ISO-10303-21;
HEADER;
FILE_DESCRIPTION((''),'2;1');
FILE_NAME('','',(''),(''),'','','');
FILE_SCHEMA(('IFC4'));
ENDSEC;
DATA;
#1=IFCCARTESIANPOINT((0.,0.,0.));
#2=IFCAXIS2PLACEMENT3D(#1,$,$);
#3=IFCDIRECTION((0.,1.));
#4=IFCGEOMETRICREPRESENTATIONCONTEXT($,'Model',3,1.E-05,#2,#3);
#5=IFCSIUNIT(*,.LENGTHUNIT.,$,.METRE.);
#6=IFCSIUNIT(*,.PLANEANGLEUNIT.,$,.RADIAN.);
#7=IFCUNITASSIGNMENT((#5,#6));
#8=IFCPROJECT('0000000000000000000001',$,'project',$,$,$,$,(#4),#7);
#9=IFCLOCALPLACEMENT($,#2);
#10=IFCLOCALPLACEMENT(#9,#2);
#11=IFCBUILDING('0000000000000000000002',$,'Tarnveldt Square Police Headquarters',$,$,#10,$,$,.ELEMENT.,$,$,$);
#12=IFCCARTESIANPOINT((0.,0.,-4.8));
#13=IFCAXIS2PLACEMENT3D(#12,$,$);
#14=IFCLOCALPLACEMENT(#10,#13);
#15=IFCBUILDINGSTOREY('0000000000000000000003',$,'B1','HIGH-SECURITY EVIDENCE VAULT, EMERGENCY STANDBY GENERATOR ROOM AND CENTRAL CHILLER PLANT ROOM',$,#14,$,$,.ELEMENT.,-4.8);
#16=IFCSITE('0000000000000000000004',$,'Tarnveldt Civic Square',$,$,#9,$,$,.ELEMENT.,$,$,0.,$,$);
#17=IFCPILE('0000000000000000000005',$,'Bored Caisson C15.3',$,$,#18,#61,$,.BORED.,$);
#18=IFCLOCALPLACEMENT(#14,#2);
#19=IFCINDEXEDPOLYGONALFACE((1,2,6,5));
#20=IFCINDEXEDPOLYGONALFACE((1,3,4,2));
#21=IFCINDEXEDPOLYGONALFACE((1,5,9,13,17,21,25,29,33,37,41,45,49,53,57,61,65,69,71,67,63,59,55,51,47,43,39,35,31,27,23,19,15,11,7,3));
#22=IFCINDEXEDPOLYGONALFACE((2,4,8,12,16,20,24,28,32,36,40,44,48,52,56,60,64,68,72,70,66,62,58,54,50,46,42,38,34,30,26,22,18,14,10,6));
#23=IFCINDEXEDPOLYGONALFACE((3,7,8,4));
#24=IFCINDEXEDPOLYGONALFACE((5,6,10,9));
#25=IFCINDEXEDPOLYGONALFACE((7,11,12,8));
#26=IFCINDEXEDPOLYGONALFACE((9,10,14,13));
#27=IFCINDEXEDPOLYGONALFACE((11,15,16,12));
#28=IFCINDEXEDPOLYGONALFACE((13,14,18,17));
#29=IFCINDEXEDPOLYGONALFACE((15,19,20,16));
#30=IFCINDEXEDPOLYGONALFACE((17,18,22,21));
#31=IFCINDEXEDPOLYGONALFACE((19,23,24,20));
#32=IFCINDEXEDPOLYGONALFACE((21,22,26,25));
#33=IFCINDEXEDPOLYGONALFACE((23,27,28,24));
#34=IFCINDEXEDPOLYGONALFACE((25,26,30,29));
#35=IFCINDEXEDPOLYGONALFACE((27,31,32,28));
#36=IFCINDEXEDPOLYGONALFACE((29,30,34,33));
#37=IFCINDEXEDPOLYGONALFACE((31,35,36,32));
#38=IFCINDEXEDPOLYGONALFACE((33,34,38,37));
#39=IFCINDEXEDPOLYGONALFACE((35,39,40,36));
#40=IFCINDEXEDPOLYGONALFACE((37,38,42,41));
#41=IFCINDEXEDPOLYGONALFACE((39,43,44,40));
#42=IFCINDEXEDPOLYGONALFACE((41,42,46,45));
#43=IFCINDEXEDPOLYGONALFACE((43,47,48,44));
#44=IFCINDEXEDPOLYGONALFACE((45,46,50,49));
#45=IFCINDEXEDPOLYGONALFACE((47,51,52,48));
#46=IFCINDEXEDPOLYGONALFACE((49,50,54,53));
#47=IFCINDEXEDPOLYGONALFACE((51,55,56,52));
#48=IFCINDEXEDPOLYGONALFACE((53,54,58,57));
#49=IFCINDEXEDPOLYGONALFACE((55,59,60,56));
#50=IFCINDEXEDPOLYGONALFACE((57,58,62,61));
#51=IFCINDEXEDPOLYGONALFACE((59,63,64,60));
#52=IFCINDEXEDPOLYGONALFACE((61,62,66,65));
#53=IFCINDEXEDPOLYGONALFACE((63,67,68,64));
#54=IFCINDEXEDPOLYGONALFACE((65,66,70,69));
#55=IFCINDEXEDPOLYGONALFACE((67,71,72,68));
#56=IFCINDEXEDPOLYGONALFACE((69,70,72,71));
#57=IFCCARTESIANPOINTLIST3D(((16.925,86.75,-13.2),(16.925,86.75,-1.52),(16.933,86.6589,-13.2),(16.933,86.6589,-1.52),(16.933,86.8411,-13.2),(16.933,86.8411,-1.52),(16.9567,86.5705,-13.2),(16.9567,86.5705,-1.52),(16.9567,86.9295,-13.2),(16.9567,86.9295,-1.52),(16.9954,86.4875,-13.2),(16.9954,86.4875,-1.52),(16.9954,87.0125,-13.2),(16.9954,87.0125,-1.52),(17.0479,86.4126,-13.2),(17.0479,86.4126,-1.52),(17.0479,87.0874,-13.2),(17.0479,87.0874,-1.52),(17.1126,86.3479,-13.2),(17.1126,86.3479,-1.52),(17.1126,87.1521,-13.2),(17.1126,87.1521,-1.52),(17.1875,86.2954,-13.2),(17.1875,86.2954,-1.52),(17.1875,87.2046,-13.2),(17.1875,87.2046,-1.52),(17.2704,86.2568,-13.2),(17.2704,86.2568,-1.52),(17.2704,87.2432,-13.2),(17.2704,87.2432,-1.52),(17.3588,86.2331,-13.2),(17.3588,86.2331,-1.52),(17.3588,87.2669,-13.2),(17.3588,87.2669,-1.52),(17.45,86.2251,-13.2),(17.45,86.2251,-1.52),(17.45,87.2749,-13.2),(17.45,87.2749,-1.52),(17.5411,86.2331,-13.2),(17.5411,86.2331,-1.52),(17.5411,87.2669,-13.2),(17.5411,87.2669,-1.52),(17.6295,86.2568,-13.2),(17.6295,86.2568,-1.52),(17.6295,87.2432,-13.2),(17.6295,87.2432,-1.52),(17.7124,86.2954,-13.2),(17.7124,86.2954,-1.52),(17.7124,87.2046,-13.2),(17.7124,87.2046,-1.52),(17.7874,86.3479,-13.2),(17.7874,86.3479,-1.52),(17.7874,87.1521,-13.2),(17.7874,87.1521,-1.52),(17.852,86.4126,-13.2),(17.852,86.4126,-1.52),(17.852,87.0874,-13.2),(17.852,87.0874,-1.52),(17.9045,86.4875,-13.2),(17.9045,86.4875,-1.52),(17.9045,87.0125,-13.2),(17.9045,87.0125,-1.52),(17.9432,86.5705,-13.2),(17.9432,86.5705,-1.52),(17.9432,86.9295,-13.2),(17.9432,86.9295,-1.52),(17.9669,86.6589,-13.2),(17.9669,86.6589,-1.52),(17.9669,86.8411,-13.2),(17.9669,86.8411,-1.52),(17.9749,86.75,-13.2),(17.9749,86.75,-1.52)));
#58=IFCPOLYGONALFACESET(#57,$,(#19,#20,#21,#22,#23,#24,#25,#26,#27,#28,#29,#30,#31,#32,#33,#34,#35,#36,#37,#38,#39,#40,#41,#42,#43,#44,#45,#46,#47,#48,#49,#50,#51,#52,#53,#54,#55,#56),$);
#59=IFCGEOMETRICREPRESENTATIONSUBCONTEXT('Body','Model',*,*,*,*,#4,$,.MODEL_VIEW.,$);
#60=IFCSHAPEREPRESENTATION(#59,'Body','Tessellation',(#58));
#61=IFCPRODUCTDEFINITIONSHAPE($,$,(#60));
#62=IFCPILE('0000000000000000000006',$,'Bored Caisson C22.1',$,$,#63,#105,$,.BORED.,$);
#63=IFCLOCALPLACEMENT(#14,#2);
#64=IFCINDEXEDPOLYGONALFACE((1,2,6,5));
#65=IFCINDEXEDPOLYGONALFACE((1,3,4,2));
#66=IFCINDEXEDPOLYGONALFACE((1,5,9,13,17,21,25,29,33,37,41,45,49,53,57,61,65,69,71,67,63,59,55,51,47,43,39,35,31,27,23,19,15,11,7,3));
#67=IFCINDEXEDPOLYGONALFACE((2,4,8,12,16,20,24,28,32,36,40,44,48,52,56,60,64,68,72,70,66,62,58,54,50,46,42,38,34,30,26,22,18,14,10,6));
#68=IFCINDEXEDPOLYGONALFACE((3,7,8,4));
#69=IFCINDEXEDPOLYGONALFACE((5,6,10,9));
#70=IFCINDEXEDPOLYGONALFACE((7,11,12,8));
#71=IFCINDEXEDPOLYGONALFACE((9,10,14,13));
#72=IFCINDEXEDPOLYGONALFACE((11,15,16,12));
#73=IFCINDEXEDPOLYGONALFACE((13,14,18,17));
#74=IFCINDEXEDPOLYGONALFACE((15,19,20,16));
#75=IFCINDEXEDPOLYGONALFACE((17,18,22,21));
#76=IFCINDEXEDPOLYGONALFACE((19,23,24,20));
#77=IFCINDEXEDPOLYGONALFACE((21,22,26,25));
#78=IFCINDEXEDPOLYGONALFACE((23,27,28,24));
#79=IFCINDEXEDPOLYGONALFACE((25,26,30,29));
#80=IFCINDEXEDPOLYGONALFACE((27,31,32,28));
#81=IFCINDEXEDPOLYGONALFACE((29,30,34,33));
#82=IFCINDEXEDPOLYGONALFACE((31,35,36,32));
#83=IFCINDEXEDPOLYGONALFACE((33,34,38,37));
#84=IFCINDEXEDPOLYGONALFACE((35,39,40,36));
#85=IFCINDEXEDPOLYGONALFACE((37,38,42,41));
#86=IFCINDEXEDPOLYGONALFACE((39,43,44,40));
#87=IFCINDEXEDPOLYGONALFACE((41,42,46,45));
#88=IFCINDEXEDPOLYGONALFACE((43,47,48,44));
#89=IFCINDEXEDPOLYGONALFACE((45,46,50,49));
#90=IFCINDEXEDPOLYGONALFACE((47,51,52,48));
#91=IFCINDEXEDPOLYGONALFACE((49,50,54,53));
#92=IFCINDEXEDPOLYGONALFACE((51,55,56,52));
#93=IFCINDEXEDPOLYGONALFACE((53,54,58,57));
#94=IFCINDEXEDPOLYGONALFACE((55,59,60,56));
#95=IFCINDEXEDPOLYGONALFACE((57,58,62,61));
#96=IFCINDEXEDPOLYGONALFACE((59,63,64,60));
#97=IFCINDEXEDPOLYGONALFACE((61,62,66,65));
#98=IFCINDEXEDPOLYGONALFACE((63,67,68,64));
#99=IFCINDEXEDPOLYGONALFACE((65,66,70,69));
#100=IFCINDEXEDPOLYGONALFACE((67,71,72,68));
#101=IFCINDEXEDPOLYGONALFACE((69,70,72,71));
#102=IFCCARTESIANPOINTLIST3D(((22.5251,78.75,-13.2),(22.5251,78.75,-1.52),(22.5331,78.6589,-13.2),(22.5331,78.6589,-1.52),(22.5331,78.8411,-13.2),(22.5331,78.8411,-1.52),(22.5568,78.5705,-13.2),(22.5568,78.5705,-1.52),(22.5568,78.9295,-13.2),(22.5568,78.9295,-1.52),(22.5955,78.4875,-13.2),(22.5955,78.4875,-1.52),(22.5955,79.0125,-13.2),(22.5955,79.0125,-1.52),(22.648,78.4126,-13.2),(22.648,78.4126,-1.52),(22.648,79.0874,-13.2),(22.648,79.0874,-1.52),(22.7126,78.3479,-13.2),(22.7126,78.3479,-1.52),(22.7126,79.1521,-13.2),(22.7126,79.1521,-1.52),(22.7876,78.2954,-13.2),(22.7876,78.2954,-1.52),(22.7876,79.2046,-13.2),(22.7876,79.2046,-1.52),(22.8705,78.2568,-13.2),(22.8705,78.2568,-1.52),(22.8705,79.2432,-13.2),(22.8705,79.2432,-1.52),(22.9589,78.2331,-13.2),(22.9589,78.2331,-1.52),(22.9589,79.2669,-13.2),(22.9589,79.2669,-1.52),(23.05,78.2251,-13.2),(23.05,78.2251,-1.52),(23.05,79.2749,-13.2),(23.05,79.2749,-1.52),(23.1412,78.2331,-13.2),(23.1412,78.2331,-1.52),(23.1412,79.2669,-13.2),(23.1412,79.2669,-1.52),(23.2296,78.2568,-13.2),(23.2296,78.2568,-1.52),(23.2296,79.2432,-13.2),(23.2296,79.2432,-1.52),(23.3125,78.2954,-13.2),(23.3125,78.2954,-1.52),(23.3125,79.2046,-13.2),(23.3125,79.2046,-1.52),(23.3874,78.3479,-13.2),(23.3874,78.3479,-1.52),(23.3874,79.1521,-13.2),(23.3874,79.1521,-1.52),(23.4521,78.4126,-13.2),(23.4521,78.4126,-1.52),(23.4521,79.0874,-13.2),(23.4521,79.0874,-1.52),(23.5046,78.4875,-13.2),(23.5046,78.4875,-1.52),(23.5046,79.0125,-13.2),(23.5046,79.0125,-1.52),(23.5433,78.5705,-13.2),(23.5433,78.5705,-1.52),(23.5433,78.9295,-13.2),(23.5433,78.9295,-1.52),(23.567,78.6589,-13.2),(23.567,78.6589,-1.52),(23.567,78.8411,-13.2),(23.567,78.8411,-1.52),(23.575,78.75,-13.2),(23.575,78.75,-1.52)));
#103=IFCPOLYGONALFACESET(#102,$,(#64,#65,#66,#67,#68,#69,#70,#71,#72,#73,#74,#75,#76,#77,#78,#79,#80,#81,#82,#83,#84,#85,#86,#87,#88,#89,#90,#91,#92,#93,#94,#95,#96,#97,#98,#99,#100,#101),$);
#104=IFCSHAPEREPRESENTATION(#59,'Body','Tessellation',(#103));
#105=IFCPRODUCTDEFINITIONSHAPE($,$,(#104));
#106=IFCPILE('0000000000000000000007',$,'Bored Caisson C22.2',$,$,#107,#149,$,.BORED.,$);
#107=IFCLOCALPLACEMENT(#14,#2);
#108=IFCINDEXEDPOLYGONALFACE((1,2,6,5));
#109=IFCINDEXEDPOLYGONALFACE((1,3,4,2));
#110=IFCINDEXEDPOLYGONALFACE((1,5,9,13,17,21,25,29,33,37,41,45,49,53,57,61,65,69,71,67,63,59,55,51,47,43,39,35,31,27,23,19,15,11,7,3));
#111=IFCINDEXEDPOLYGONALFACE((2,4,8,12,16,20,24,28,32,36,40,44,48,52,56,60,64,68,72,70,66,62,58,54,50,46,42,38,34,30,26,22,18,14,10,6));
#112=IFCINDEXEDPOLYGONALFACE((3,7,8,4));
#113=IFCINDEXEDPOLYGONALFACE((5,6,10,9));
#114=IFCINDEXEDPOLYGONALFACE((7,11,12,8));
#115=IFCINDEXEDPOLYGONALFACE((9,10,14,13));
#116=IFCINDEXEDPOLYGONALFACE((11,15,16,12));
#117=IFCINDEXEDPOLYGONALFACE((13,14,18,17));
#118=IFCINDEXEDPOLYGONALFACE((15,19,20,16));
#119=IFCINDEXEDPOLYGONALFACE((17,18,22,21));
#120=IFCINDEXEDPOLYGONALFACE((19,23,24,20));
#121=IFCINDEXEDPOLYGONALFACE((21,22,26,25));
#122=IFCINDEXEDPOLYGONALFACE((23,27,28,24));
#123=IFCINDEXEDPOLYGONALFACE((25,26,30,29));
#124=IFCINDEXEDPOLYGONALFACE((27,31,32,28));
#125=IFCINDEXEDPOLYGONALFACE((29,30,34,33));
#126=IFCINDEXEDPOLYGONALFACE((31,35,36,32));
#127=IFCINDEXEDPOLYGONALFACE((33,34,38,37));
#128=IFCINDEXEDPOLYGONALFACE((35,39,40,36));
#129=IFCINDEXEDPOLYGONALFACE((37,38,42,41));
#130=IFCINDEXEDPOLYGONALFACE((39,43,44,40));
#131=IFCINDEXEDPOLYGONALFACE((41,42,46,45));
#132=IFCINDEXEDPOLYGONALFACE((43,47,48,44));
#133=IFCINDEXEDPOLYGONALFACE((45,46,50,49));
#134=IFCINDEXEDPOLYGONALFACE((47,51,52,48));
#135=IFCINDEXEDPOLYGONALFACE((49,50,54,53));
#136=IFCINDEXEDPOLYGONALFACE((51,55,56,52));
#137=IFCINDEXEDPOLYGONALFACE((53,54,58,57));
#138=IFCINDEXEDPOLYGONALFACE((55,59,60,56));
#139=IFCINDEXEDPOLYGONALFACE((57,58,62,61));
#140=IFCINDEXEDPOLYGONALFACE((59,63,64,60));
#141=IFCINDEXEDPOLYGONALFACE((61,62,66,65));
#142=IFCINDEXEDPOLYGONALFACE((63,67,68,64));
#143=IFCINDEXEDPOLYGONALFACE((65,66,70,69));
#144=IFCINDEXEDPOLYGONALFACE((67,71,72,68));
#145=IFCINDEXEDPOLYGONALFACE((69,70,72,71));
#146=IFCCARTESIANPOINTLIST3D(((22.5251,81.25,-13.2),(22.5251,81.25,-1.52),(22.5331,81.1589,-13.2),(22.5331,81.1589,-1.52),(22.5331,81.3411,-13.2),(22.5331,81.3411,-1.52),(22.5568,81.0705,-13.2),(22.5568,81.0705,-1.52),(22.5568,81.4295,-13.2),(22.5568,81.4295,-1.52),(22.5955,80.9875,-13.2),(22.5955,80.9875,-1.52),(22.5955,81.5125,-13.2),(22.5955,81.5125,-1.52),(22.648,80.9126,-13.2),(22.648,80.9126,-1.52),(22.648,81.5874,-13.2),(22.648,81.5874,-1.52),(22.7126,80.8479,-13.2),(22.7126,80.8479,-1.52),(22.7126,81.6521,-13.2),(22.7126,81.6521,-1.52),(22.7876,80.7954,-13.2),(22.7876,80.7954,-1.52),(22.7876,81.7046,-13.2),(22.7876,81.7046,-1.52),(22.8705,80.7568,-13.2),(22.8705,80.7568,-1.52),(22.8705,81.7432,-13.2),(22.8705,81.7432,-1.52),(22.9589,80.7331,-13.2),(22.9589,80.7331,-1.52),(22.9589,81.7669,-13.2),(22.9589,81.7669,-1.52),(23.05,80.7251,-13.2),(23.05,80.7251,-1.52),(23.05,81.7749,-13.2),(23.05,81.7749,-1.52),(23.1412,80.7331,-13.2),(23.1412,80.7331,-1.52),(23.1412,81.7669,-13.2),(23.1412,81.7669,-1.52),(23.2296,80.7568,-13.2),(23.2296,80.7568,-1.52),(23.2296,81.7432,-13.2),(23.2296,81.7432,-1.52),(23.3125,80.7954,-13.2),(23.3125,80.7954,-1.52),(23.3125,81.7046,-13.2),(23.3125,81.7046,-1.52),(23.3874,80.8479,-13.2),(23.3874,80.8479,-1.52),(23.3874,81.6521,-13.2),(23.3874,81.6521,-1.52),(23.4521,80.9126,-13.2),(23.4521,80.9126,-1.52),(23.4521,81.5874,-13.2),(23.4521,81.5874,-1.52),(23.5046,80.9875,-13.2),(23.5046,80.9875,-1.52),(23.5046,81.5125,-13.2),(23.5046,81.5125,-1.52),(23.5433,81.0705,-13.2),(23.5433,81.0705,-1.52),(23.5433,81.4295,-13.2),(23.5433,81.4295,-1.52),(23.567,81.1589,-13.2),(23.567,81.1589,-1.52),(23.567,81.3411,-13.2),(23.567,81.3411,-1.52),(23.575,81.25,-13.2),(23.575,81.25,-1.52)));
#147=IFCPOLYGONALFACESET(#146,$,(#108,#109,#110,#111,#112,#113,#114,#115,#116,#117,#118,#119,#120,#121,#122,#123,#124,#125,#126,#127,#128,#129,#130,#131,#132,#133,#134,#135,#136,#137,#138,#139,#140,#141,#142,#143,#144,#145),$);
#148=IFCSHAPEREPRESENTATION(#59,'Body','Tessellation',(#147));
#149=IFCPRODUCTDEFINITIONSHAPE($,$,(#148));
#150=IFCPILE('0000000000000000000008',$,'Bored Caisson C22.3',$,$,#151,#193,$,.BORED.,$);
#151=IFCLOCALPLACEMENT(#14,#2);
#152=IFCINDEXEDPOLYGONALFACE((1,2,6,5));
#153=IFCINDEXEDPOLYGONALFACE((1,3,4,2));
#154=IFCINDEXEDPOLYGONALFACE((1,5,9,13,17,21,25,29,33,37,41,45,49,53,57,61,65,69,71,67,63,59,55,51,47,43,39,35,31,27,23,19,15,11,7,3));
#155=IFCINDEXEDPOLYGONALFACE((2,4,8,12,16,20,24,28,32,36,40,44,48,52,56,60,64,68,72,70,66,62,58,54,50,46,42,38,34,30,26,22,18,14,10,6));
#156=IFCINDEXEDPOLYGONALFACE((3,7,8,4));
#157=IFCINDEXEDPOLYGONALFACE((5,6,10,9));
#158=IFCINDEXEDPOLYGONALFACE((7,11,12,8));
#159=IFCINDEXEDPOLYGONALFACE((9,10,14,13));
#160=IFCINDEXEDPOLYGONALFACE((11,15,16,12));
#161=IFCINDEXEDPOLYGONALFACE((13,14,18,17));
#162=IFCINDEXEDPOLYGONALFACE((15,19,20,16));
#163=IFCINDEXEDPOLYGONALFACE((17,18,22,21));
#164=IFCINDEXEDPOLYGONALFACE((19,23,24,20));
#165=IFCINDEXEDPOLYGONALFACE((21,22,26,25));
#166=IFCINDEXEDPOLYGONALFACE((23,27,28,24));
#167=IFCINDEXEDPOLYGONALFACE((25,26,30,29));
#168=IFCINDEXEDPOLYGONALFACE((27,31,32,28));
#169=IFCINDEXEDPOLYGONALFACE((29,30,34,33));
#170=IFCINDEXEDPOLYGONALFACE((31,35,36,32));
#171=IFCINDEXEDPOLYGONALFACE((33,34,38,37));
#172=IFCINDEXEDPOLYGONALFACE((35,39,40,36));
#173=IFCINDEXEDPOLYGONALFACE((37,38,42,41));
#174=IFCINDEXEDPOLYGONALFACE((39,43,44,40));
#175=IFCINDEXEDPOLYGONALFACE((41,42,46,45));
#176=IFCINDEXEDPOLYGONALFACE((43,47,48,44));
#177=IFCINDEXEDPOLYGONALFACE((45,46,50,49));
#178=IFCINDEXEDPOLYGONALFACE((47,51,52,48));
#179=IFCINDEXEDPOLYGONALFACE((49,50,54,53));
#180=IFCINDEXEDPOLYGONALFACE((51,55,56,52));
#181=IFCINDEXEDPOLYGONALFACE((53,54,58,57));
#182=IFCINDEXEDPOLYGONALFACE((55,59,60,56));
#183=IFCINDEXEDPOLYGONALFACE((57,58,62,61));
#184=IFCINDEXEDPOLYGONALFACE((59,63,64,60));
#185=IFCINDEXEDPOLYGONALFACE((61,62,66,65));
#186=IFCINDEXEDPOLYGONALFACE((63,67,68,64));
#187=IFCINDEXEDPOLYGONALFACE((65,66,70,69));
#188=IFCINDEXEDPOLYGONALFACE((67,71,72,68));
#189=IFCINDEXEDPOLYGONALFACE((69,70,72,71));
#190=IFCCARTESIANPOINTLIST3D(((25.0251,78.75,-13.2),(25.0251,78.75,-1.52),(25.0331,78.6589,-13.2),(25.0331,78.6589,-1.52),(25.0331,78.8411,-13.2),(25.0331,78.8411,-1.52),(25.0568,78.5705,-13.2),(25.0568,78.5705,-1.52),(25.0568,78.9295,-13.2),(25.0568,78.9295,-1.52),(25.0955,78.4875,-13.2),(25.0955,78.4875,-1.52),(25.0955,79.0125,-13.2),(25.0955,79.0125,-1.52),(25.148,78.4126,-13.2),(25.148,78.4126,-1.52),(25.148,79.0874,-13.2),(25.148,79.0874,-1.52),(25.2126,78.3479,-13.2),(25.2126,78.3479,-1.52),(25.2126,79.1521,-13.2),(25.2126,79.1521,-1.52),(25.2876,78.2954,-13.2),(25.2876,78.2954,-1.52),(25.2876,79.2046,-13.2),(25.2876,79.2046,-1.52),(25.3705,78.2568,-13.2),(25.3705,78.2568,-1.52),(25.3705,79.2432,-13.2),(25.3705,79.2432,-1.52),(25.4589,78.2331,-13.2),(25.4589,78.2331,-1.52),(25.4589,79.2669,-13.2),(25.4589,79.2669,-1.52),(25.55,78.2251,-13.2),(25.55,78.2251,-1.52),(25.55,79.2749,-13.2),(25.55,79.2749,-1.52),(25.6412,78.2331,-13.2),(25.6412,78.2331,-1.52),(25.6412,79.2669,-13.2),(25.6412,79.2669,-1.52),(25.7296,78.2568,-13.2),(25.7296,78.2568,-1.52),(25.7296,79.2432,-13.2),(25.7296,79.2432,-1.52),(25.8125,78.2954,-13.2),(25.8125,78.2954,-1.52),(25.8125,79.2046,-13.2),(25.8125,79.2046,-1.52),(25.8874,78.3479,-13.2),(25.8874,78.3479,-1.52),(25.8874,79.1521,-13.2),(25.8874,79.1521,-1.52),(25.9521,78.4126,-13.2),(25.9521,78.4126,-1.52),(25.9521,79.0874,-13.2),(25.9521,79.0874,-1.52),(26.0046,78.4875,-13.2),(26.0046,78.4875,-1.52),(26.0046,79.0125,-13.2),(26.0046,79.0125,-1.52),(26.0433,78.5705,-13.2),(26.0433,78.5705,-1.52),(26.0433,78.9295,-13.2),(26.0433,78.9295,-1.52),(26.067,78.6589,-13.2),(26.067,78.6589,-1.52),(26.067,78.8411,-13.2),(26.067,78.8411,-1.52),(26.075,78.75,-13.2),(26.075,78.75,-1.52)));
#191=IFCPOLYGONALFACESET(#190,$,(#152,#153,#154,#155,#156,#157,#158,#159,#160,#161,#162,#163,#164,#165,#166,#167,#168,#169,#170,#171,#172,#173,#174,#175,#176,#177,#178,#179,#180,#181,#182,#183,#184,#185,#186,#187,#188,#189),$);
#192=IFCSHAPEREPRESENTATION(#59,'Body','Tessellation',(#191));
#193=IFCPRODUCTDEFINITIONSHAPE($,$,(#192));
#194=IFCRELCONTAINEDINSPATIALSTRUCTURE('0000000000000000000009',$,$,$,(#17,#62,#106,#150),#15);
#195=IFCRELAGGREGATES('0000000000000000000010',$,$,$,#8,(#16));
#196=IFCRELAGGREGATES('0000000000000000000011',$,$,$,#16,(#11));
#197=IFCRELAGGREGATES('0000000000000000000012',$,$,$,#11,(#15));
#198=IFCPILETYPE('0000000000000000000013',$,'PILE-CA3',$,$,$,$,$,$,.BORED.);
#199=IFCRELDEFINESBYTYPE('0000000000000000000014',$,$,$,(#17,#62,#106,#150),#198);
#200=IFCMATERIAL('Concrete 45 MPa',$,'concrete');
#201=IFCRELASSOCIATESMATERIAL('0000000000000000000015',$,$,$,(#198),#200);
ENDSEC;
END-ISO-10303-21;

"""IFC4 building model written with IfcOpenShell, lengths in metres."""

from ifc_helpers import new_model, si_unit, direction, frame, origin, origin_2d, place, context, subcontext, project, spatial, circle, extrude, material, material_profile, profile_set, type_object, element, save


model = new_model("IFC4")

# Units and contexts
model_context = context("Model", 3, precision=1e-05, world=origin(), true_north=direction((0.0, 1.0)))
body_context = subcontext(model_context, "Body", "Model", "MODEL_VIEW")
ifc_project = project(units=[si_unit("LENGTHUNIT", "METRE"), si_unit("PLANEANGLEUNIT", "RADIAN")], contexts=[model_context])

# Site, building, storey
site_placement = place(None, origin())
site = spatial("IfcSite", under=ifc_project, at=site_placement, Name="Tarnveldt Civic Square", CompositionType="ELEMENT", RefElevation=0.0)
building_placement = place(site_placement, origin())
building = spatial("IfcBuilding", under=site, at=building_placement, Name="Tarnveldt Square Police Headquarters", CompositionType="ELEMENT")
storey_placement = place(building_placement, frame((0.0, 0.0, -4.8)))
storey = spatial("IfcBuildingStorey", under=building, at=storey_placement, Name="B1", Description="HIGH-SECURITY EVIDENCE VAULT, EMERGENCY STANDBY GENERATOR ROOM AND CENTRAL CHILLER PLANT ROOM", CompositionType="ELEMENT", Elevation=-4.8)

# Shared definitions
ifc_material_1 = material(Name="Concrete 45 MPa", Category="concrete")

# Piles
ifc_material_profile_1 = material_profile(ifc_material_1, circle(Radius=0.5249, at=origin_2d()), Name="CAISSON-D1050")
ifc_profile_set_1 = profile_set([ifc_material_profile_1], Name="Concrete 45 MPa")
pile_type = type_object("IfcPileType", Name="PILE-CA3", PredefinedType="BORED", material=ifc_profile_set_1)
for number, where, z_axis, x_axis, name in (
    (1, (17.45, 86.75, -1.52), (0.0, 0.0, -1.0), (1.0, 0.0, 0.0), "Bored Caisson C15.3"),
    (2, (23.05, 78.75, -1.52), (0.0, 0.0, -1.0), (1.0, 0.0, 0.0), "Bored Caisson C22.1"),
    (3, (23.05, 81.25, -1.52), (0.0, 0.0, -1.0), (1.0, 0.0, 0.0), "Bored Caisson C22.2"),
    (4, (25.55, 78.75, -1.52), (0.0, 0.0, -1.0), (1.0, 0.0, 0.0), "Bored Caisson C22.3"),
):
    element("IfcPile", number, at=place(storey_placement, frame(where, z_axis=z_axis, x_axis=x_axis)), inside=storey, type_object=pile_type, Name=name, PredefinedType="BORED", context=body_context, shape_type="SweptSolid", body=[
        extrude(circle(Radius=0.5249, at=origin_2d()), origin(), (0.0, 0.0, 1.0), 11.6799),
    ])

save(model, "model.ifc")
